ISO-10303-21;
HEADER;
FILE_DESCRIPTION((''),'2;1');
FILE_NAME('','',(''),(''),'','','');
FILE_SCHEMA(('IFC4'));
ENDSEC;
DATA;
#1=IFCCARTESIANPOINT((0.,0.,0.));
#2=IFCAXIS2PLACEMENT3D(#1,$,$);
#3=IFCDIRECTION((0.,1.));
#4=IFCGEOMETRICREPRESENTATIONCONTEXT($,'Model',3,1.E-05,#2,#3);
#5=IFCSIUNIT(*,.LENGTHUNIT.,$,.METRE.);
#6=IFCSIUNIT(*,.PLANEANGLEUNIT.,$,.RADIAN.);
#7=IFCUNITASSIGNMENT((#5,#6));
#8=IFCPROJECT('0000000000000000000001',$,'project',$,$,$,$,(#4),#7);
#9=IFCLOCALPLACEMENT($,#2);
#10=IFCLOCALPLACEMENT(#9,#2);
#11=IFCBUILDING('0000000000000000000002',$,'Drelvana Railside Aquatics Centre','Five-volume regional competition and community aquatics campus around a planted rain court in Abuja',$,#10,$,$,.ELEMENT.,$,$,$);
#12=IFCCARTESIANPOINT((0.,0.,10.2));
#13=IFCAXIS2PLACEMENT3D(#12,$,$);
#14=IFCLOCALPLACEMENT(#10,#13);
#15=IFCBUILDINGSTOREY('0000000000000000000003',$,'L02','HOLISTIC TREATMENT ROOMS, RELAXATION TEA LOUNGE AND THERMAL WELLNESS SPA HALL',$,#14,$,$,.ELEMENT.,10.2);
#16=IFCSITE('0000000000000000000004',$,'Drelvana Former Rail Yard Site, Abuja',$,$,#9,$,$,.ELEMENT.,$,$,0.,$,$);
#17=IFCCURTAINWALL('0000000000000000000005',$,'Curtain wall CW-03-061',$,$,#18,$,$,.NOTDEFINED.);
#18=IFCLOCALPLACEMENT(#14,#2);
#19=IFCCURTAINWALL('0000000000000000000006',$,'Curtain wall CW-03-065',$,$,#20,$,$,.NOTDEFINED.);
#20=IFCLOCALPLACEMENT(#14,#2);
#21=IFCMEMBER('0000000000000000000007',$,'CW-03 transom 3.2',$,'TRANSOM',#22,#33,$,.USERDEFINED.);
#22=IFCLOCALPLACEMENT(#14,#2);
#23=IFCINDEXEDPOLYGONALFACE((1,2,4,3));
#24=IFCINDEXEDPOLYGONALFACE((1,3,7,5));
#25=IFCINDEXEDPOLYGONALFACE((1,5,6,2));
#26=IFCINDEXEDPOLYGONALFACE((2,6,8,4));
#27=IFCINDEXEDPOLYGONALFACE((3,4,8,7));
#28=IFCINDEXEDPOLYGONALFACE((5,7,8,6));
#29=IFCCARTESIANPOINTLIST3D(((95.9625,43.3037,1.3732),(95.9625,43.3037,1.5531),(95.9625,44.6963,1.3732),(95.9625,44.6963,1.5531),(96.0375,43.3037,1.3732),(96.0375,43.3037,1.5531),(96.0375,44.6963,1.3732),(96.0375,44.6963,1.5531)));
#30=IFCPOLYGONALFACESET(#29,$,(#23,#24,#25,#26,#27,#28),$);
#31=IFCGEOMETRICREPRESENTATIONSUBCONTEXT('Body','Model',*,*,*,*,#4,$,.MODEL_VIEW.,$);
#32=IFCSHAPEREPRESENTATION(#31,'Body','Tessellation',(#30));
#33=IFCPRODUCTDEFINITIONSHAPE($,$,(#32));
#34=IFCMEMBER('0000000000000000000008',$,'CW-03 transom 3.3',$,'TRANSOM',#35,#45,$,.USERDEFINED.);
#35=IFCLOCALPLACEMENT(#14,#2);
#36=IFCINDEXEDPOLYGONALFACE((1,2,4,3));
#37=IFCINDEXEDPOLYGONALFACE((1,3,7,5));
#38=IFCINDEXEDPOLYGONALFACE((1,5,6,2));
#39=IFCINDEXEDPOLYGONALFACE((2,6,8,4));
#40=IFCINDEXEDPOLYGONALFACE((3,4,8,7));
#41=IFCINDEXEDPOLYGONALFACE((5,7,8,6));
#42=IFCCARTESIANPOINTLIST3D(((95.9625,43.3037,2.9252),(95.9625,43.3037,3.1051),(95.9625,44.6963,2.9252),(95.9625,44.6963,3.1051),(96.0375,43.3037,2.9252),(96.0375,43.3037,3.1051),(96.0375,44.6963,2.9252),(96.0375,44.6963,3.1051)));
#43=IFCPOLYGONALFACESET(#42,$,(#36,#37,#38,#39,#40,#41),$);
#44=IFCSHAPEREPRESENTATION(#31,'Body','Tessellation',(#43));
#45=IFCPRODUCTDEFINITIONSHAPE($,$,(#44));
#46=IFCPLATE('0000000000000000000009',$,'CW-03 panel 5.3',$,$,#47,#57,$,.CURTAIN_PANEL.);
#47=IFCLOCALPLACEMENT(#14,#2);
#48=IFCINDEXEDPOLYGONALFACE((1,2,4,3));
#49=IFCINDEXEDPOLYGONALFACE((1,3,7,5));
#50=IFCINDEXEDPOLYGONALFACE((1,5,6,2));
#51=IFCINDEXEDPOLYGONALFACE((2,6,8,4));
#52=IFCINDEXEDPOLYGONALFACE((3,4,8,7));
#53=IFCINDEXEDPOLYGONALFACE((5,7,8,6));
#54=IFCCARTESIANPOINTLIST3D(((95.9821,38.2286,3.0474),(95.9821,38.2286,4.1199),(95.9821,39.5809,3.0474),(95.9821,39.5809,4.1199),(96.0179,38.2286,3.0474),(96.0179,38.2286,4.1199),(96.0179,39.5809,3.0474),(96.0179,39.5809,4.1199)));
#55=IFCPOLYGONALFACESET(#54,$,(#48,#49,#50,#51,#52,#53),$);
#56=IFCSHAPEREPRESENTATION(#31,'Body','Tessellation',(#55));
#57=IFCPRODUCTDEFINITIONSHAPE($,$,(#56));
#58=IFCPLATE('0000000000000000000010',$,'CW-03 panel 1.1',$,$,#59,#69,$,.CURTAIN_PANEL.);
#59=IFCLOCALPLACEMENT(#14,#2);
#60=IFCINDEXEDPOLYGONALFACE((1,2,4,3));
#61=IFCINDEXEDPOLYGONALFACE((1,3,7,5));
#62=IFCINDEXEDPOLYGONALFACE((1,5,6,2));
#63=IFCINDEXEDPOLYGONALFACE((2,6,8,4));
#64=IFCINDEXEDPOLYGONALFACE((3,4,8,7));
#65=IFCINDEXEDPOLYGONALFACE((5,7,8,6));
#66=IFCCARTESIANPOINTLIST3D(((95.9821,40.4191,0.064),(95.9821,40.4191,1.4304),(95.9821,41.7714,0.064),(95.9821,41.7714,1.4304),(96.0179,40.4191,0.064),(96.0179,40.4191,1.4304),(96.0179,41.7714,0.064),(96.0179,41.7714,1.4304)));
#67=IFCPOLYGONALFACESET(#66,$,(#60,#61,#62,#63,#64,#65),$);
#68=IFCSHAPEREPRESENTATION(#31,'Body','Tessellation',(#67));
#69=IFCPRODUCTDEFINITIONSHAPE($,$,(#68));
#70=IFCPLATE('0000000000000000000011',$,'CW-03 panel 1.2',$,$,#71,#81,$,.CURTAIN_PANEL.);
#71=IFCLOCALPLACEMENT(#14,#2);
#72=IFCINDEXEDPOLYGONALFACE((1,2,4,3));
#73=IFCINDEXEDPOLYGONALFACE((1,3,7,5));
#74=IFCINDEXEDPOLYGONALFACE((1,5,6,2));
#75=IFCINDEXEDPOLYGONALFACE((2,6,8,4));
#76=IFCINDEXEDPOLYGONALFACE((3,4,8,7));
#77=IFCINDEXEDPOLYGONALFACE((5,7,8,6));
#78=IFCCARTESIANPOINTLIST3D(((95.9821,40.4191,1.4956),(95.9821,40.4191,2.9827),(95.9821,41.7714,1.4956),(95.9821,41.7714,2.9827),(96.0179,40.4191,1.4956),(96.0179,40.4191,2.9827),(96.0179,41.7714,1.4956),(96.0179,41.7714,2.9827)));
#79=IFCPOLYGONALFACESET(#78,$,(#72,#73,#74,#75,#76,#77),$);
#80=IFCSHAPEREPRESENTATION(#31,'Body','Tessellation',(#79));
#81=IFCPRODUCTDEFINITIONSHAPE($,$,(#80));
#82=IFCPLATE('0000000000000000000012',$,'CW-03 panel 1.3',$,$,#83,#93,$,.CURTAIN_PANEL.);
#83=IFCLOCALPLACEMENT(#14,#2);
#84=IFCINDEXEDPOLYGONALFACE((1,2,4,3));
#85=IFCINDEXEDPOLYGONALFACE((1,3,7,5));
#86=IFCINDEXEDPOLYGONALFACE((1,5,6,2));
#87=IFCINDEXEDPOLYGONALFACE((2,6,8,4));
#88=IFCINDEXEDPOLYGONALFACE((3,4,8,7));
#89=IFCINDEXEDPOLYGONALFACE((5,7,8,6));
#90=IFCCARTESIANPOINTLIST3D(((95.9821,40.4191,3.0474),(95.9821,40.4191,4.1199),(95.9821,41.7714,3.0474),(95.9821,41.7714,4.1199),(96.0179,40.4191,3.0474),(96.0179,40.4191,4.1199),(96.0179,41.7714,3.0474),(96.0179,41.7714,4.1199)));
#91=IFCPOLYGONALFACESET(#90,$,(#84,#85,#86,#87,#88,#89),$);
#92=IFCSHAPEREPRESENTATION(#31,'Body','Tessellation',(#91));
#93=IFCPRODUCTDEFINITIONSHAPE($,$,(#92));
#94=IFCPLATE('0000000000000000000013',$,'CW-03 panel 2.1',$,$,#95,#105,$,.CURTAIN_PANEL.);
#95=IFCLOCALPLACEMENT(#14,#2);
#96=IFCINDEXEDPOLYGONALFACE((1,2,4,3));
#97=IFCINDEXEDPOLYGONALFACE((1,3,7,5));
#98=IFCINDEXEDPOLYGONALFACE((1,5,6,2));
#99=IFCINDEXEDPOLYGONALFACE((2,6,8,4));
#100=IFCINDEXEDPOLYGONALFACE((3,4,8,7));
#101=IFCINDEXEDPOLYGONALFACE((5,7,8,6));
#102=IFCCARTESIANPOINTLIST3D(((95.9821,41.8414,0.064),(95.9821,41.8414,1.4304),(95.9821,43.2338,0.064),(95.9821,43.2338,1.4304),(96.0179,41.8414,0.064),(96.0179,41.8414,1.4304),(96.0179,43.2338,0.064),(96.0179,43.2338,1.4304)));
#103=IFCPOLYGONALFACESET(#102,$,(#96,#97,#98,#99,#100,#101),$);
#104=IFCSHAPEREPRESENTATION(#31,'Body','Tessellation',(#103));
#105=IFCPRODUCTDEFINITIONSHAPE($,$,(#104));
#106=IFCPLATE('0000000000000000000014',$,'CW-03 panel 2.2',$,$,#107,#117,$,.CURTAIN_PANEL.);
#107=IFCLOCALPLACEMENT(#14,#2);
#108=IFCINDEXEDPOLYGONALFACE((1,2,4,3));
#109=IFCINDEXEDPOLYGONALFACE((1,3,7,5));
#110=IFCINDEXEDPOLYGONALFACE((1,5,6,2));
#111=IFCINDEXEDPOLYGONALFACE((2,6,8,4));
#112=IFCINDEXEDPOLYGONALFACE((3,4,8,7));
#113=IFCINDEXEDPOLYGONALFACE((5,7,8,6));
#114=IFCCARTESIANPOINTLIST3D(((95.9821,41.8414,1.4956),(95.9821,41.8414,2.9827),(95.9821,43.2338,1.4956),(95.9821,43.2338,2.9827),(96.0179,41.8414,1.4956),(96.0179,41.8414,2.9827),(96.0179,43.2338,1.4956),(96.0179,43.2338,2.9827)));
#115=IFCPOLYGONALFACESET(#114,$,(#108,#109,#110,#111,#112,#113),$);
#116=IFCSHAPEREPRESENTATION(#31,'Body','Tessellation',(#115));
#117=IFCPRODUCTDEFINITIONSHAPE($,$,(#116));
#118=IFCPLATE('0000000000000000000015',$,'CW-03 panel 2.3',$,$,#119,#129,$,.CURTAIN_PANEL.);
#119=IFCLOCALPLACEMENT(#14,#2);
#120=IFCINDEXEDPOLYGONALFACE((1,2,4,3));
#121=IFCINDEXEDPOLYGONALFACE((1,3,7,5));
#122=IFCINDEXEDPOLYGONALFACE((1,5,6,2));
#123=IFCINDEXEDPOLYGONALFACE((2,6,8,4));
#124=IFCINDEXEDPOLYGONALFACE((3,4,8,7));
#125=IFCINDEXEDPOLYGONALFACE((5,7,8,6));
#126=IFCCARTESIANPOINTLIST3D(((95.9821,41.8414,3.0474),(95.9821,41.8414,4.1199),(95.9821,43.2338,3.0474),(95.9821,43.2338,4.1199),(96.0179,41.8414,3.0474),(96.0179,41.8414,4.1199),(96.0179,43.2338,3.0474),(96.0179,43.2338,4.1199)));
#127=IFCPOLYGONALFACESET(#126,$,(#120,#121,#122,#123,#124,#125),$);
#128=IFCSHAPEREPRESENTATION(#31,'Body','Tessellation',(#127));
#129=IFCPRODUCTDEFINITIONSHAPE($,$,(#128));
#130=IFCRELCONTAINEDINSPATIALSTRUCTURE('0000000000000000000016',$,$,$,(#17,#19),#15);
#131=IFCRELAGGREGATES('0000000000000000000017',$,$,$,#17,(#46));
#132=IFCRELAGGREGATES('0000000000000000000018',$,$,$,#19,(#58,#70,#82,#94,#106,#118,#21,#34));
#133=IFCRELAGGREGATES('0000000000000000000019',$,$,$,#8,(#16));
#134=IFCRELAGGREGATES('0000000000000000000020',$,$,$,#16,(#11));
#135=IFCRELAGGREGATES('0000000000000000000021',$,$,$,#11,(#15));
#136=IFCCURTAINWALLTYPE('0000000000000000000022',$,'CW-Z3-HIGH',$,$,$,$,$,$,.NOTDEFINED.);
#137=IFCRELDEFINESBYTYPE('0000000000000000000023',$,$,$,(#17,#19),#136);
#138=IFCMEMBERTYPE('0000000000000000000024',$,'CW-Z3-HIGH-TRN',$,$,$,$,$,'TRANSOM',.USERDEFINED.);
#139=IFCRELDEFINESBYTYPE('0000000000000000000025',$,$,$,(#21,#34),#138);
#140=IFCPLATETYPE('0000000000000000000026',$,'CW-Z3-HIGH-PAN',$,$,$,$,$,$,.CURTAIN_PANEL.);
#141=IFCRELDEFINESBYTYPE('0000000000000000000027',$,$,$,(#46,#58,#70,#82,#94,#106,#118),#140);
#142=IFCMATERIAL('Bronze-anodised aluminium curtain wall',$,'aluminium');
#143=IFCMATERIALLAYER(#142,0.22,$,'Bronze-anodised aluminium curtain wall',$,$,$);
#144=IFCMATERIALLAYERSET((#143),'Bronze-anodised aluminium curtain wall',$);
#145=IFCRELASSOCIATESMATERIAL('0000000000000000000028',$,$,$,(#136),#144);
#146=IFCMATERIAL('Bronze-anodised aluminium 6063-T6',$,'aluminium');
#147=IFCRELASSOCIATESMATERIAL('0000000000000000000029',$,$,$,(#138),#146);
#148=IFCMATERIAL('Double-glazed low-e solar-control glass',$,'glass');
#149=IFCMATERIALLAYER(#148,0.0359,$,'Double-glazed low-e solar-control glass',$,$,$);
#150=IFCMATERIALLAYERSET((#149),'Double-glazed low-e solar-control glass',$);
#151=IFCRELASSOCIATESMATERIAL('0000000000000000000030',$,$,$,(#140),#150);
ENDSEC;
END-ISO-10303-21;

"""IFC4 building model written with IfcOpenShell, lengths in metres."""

from ifc_helpers import new_model, si_unit, direction, frame, origin, origin_2d, place, context, subcontext, project, spatial, rectangle, extrude, material, layer, layer_set, material_profile, profile_set, type_object, element, aggregate, save


model = new_model("IFC4")

# Units and contexts
model_context = context("Model", 3, precision=1e-05, world=origin(), true_north=direction((0.0, 1.0)))
body_context = subcontext(model_context, "Body", "Model", "MODEL_VIEW")
ifc_project = project(units=[si_unit("LENGTHUNIT", "METRE"), si_unit("PLANEANGLEUNIT", "RADIAN")], contexts=[model_context])

# Site, building, storey
site_placement = place(None, origin())
site = spatial("IfcSite", under=ifc_project, at=site_placement, Name="Drelvana Former Rail Yard Site, Abuja", CompositionType="ELEMENT", RefElevation=0.0)
building_placement = place(site_placement, origin())
building = spatial("IfcBuilding", under=site, at=building_placement, Name="Drelvana Railside Aquatics Centre", Description="Five-volume regional competition and community aquatics campus around a planted rain court in Abuja", CompositionType="ELEMENT")
storey_placement = place(building_placement, frame((0.0, 0.0, 10.2)))
storey = spatial("IfcBuildingStorey", under=building, at=storey_placement, Name="L02", Description="HOLISTIC TREATMENT ROOMS, RELAXATION TEA LOUNGE AND THERMAL WELLNESS SPA HALL", CompositionType="ELEMENT", Elevation=10.2)

# Curtain wall
ifc_material_1 = material(Name="Bronze-anodised aluminium curtain wall", Category="aluminium")
ifc_layer_1 = layer(ifc_material_1, 0.22, Name="Bronze-anodised aluminium curtain wall")
ifc_layer_set_1 = layer_set([ifc_layer_1], Name="Bronze-anodised aluminium curtain wall")
curtain_wall_type = type_object("IfcCurtainWallType", Name="CW-Z3-HIGH", PredefinedType="NOTDEFINED", material=ifc_layer_set_1)
curtain_wall_1_placement = place(storey_placement, origin())
curtain_wall_1 = element("IfcCurtainWall", 1, at=curtain_wall_1_placement, inside=storey, type_object=curtain_wall_type, Name="Curtain wall CW-03-061", PredefinedType="NOTDEFINED")
ifc_material_2 = material(Name="Bronze-anodised aluminium 6063-T6", Category="aluminium")

# Curtain wall, members
curtain_wall_2_placement = place(storey_placement, origin())
curtain_wall_2 = element("IfcCurtainWall", 2, at=curtain_wall_2_placement, inside=storey, type_object=curtain_wall_type, Name="Curtain wall CW-03-065", PredefinedType="NOTDEFINED")
ifc_material_profile_1 = material_profile(ifc_material_2, rectangle(XDim=0.1799, YDim=0.075, at=origin_2d()), Name="ALU-T 75x180")
ifc_profile_set_1 = profile_set([ifc_material_profile_1], Name="Bronze-anodised aluminium 6063-T6")
member_type_1 = type_object("IfcMemberType", Name="CW-Z3-HIGH-TRN", ElementType="TRANSOM", PredefinedType="USERDEFINED", material=ifc_profile_set_1)
member_1_placement = place(storey_placement, frame((96.0, 43.3037, 1.4631), z_axis=(0.0, 1.0, 0.0), x_axis=(0.0, 0.0, 1.0)))
member_1 = element("IfcMember", 3, at=member_1_placement, type_object=member_type_1, Name="CW-03 transom 3.2", ObjectType="TRANSOM", PredefinedType="USERDEFINED", context=body_context, shape_type="SweptSolid", body=[
    extrude(rectangle(XDim=0.1799, YDim=0.075, at=origin_2d()), origin(), (0.0, 0.0, 1.0), 1.3926),
])
member_2_placement = place(storey_placement, frame((96.0, 43.3037, 3.0151), z_axis=(0.0, 1.0, 0.0), x_axis=(0.0, 0.0, 1.0)))
member_2 = element("IfcMember", 4, at=member_2_placement, type_object=member_type_1, Name="CW-03 transom 3.3", ObjectType="TRANSOM", PredefinedType="USERDEFINED", context=body_context, shape_type="SweptSolid", body=[
    extrude(rectangle(XDim=0.1799, YDim=0.075, at=origin_2d()), origin(), (0.0, 0.0, 1.0), 1.3926),
])

# Plates
ifc_material_3 = material(Name="Double-glazed low-e solar-control glass", Category="glass")
ifc_layer_2 = layer(ifc_material_3, 0.0359, Name="Double-glazed low-e solar-control glass")
ifc_layer_set_2 = layer_set([ifc_layer_2], Name="Double-glazed low-e solar-control glass")
plate_type = type_object("IfcPlateType", Name="CW-Z3-HIGH-PAN", PredefinedType="CURTAIN_PANEL", material=ifc_layer_set_2)
plate_1_placement = place(storey_placement, frame((96.0, 38.9048, 3.0474), z_axis=(0.0, 0.0, 1.0), x_axis=(0.0, 1.0, 0.0)))
plate_1 = element("IfcPlate", 5, at=plate_1_placement, type_object=plate_type, Name="CW-03 panel 5.3", PredefinedType="CURTAIN_PANEL", context=body_context, shape_type="SweptSolid", body=[
    extrude(rectangle(XDim=1.3523, YDim=0.0359, at=origin_2d()), origin(), (0.0, 0.0, 1.0), 1.0725),
])
aggregate(curtain_wall_1, [plate_1])
plate_2_placement = place(storey_placement, frame((96.0, 41.0952, 0.064), z_axis=(0.0, 0.0, 1.0), x_axis=(0.0, 1.0, 0.0)))
plate_2 = element("IfcPlate", 6, at=plate_2_placement, type_object=plate_type, Name="CW-03 panel 1.1", PredefinedType="CURTAIN_PANEL", context=body_context, shape_type="SweptSolid", body=[
    extrude(rectangle(XDim=1.3523, YDim=0.0359, at=origin_2d()), origin(), (0.0, 0.0, 1.0), 1.3665),
])
plate_3_placement = place(storey_placement, frame((96.0, 41.0952, 1.4956), z_axis=(0.0, 0.0, 1.0), x_axis=(0.0, 1.0, 0.0)))
plate_3 = element("IfcPlate", 7, at=plate_3_placement, type_object=plate_type, Name="CW-03 panel 1.2", PredefinedType="CURTAIN_PANEL", context=body_context, shape_type="SweptSolid", body=[
    extrude(rectangle(XDim=1.3523, YDim=0.0359, at=origin_2d()), origin(), (0.0, 0.0, 1.0), 1.4871),
])
plate_4_placement = place(storey_placement, frame((96.0, 41.0952, 3.0474), z_axis=(0.0, 0.0, 1.0), x_axis=(0.0, 1.0, 0.0)))
plate_4 = element("IfcPlate", 8, at=plate_4_placement, type_object=plate_type, Name="CW-03 panel 1.3", PredefinedType="CURTAIN_PANEL", context=body_context, shape_type="SweptSolid", body=[
    extrude(rectangle(XDim=1.3523, YDim=0.0359, at=origin_2d()), origin(), (0.0, 0.0, 1.0), 1.0725),
])
plate_5_placement = place(storey_placement, frame((96.0, 42.5376, 0.064), z_axis=(0.0, 0.0, 1.0), x_axis=(0.0, 1.0, 0.0)))
plate_5 = element("IfcPlate", 9, at=plate_5_placement, type_object=plate_type, Name="CW-03 panel 2.1", PredefinedType="CURTAIN_PANEL", context=body_context, shape_type="SweptSolid", body=[
    extrude(rectangle(XDim=1.3923, YDim=0.0359, at=origin_2d()), origin(), (0.0, 0.0, 1.0), 1.3665),
])
plate_6_placement = place(storey_placement, frame((96.0, 42.5376, 1.4956), z_axis=(0.0, 0.0, 1.0), x_axis=(0.0, 1.0, 0.0)))
plate_6 = element("IfcPlate", 10, at=plate_6_placement, type_object=plate_type, Name="CW-03 panel 2.2", PredefinedType="CURTAIN_PANEL", context=body_context, shape_type="SweptSolid", body=[
    extrude(rectangle(XDim=1.3923, YDim=0.0359, at=origin_2d()), origin(), (0.0, 0.0, 1.0), 1.4871),
])
plate_7_placement = place(storey_placement, frame((96.0, 42.5376, 3.0474), z_axis=(0.0, 0.0, 1.0), x_axis=(0.0, 1.0, 0.0)))
plate_7 = element("IfcPlate", 11, at=plate_7_placement, type_object=plate_type, Name="CW-03 panel 2.3", PredefinedType="CURTAIN_PANEL", context=body_context, shape_type="SweptSolid", body=[
    extrude(rectangle(XDim=1.3923, YDim=0.0359, at=origin_2d()), origin(), (0.0, 0.0, 1.0), 1.0725),
])
aggregate(curtain_wall_2, [plate_2, plate_3, plate_4, plate_5, plate_6, plate_7, member_1, member_2])

save(model, "model.ifc")
